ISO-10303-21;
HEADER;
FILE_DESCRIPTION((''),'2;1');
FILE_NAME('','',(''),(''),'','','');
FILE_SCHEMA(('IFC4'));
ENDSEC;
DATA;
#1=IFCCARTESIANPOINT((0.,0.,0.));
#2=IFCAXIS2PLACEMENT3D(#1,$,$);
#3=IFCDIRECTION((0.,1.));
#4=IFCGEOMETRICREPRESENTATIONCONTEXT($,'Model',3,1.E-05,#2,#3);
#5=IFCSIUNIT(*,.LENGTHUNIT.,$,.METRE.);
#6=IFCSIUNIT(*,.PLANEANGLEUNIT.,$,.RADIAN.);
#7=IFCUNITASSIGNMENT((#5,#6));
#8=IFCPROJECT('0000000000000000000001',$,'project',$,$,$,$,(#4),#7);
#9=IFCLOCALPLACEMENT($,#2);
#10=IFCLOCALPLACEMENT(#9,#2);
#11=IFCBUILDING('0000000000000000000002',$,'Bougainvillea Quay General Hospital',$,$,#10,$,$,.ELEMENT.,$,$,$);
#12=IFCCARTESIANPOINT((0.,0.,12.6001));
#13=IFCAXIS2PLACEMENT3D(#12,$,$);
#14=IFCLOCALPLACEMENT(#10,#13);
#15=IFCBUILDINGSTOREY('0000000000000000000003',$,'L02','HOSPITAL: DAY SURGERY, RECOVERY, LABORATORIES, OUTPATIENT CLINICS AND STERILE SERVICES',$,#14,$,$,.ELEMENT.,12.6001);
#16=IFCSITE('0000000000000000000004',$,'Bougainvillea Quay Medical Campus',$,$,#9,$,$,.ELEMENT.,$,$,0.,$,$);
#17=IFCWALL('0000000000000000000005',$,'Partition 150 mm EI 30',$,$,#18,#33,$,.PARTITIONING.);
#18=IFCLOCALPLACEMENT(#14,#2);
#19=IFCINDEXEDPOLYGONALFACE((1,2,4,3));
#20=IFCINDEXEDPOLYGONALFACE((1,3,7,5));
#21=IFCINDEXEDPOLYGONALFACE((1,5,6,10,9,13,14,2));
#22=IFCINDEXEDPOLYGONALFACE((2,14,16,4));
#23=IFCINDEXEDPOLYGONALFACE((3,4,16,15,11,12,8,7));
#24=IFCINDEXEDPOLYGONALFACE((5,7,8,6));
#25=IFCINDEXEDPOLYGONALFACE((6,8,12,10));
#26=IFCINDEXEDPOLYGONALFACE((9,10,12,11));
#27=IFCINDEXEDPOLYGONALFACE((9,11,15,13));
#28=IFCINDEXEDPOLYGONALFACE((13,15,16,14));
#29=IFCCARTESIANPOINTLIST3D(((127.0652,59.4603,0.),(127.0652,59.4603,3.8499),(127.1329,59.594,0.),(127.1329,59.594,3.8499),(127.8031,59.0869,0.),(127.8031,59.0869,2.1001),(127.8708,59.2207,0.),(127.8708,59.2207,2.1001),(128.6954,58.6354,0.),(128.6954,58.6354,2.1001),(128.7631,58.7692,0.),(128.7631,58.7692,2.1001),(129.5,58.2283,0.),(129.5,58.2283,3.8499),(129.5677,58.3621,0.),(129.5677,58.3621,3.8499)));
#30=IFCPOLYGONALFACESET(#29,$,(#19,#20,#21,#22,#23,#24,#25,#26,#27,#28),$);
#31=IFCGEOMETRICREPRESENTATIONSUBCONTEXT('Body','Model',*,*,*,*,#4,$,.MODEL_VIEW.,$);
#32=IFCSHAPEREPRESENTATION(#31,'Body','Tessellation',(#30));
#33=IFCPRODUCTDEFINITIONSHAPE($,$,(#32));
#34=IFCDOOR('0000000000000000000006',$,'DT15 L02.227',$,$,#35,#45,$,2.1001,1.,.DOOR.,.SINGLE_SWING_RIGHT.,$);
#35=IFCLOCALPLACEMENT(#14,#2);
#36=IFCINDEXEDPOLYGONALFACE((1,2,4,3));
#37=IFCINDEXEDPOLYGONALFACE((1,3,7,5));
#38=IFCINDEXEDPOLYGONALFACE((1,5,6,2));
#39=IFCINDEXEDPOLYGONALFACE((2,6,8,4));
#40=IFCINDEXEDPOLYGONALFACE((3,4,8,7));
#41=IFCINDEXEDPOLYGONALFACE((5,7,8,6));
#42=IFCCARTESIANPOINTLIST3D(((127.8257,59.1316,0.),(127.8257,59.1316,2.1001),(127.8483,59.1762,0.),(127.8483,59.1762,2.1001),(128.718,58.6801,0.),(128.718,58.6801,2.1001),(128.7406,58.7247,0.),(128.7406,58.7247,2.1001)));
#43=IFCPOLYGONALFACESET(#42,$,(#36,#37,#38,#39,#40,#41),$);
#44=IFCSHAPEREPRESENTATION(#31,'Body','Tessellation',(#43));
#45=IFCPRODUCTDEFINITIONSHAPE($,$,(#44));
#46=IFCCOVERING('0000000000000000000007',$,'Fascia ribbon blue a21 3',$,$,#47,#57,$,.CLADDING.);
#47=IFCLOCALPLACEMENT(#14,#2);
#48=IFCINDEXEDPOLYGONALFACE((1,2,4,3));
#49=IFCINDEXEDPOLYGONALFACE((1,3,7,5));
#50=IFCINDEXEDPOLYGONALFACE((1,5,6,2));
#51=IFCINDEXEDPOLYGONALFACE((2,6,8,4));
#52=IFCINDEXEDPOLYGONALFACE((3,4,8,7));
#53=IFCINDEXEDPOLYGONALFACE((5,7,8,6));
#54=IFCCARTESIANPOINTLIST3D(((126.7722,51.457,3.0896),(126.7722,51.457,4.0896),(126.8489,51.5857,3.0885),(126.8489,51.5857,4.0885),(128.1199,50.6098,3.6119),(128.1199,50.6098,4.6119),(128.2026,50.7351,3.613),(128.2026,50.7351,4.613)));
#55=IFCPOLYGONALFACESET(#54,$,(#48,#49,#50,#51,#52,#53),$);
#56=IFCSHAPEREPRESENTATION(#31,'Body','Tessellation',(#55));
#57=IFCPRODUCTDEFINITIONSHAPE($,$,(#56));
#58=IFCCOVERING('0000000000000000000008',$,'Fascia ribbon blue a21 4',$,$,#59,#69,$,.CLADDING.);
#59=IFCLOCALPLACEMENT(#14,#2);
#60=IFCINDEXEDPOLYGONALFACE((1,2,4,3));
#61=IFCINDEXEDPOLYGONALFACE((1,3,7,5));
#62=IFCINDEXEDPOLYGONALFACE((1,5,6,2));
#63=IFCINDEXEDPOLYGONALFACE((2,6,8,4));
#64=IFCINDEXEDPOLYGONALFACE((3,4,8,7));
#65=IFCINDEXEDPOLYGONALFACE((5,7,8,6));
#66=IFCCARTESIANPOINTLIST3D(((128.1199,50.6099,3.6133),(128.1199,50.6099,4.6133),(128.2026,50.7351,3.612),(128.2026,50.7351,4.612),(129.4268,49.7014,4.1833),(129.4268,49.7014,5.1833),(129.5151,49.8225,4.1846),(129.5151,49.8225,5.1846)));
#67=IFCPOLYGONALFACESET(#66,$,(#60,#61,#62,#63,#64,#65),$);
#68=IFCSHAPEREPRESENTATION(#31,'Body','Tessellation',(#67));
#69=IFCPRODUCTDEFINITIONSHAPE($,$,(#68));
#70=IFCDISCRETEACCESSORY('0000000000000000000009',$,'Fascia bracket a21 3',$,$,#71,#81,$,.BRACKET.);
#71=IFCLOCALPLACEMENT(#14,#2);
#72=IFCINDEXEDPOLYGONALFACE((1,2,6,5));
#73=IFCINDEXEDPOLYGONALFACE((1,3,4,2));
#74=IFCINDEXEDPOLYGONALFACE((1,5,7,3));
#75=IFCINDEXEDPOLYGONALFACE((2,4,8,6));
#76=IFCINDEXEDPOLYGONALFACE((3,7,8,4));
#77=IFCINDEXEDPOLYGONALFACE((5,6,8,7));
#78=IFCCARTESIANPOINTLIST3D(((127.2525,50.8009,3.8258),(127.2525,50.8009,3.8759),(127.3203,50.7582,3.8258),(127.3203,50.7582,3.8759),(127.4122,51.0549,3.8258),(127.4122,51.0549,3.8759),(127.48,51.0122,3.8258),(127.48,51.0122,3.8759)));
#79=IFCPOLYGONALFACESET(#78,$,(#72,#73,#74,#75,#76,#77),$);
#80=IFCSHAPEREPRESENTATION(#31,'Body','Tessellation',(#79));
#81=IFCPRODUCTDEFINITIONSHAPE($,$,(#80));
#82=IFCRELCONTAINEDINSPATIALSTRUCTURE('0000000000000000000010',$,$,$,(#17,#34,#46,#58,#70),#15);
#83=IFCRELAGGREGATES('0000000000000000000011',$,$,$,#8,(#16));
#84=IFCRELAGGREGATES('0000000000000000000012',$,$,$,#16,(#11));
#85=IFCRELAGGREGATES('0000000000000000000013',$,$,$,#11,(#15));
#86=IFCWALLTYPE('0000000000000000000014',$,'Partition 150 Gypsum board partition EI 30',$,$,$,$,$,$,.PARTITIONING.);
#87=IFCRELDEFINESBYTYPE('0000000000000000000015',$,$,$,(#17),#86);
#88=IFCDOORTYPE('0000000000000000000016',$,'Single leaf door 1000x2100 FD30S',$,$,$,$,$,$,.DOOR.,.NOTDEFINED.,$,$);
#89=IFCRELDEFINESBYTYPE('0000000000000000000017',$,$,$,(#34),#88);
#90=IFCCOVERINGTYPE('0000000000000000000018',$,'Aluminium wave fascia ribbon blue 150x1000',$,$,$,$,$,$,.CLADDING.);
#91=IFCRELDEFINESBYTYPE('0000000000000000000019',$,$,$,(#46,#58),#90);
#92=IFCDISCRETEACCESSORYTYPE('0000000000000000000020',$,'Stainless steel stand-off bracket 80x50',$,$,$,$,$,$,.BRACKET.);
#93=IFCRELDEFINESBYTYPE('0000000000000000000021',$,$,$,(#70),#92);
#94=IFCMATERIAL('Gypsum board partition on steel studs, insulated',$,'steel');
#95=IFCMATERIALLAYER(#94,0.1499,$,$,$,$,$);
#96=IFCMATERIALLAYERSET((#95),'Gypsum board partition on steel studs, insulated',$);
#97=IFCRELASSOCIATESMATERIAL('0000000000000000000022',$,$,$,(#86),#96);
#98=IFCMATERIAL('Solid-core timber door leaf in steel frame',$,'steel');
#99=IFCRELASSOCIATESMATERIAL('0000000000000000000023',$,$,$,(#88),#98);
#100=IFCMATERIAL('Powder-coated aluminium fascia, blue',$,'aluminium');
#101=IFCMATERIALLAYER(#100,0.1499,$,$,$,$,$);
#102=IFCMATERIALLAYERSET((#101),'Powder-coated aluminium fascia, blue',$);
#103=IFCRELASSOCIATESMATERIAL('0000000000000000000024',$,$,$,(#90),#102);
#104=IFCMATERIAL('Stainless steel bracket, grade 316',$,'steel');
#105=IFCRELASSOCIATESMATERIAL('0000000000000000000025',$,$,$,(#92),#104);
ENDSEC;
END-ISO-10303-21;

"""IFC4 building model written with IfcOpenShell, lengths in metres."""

from ifc_helpers import new_model, si_unit, direction, frame, frame_2d, origin, origin_2d, place, context, subcontext, project, spatial, polyline, rectangle, outline, extrude, material, layer, layer_set, material_profile, profile_set, type_object, element, fill, save


model = new_model("IFC4")

# Units and contexts
model_context = context("Model", 3, precision=1e-05, world=origin(), true_north=direction((0.0, 1.0)))
body_context = subcontext(model_context, "Body", "Model", "MODEL_VIEW")
ifc_project = project(units=[si_unit("LENGTHUNIT", "METRE"), si_unit("PLANEANGLEUNIT", "RADIAN")], contexts=[model_context])

# Site, building, storey
site_placement = place(None, origin())
site = spatial("IfcSite", under=ifc_project, at=site_placement, Name="Bougainvillea Quay Medical Campus", CompositionType="ELEMENT", RefElevation=0.0)
building_placement = place(site_placement, origin())
building = spatial("IfcBuilding", under=site, at=building_placement, Name="Bougainvillea Quay General Hospital", CompositionType="ELEMENT")
storey_placement = place(building_placement, frame((0.0, 0.0, 12.6001)))
storey = spatial("IfcBuildingStorey", under=building, at=storey_placement, Name="L02", Description="HOSPITAL: DAY SURGERY, RECOVERY, LABORATORIES, OUTPATIENT CLINICS AND STERILE SERVICES", CompositionType="ELEMENT", Elevation=12.6001)

# Wall, opening, door
ifc_material_1 = material(Name="Gypsum board partition on steel studs, insulated", Category="steel")
ifc_layer_1 = layer(ifc_material_1, 0.1499)
ifc_layer_set_1 = layer_set([ifc_layer_1], Name="Gypsum board partition on steel studs, insulated")
wall_type_1 = type_object("IfcWallType", Name="Partition 150 Gypsum board partition EI 30", PredefinedType="PARTITIONING", material=ifc_layer_set_1)
wall_1_placement = place(storey_placement, frame((127.0991, 59.5271, 0.0), z_axis=(0.0, 0.0, 1.0), x_axis=(0.892288, -0.451467, 0.0)))
wall_1 = element("IfcWall", 1, at=wall_1_placement, inside=storey, type_object=wall_type_1, Name="Partition 150 mm EI 30", PredefinedType="PARTITIONING", context=body_context, shape_type="SweptSolid", body=[
    extrude(rectangle(XDim=2.7288, YDim=0.1499, at=frame_2d((1.3643, 0.0))), origin(), (0.0, 0.0, 1.0), 3.8499),
])
opening_placement = place(wall_1_placement, frame((0.8269, 0.0, 0.0)))
opening = element("IfcOpeningElement", 2, at=opening_placement, cuts=wall_1, PredefinedType="OPENING", context=body_context, shape_type="SweptSolid", body=[
    extrude(rectangle(XDim=1.0, YDim=2.1001, at=frame_2d((0.5, 1.05))), frame((0.0, 0.085, 0.0), z_axis=(0.0, -1.0, 0.0), x_axis=(1.0, 0.0, 0.0)), (0.0, 0.0, 1.0), 0.1699),
])
ifc_material_2 = material(Name="Solid-core timber door leaf in steel frame", Category="steel")
door_type = type_object("IfcDoorType", Name="Single leaf door 1000x2100 FD30S", OperationType="NOTDEFINED", PredefinedType="DOOR", material=ifc_material_2)
door_placement = place(opening_placement, frame((1.0, 0.0, 0.0), z_axis=(0.0, 0.0, 1.0), x_axis=(-1.0, 0.0, 0.0)))
door = element("IfcDoor", 3, at=door_placement, inside=storey, type_object=door_type, Name="DT15 L02.227", OperationType="SINGLE_SWING_RIGHT", OverallHeight=2.1001, OverallWidth=1.0, PredefinedType="DOOR", context=body_context, shape_type="SweptSolid", body=[
    extrude(rectangle(XDim=1.0, YDim=2.1001, at=frame_2d((0.5, 1.05))), frame((0.0, 0.0249, 0.0), z_axis=(0.0, -1.0, 0.0), x_axis=(1.0, 0.0, 0.0)), (0.0, 0.0, 1.0), 0.05),
])
fill(opening, door)

# Coverings
ifc_material_3 = material(Name="Powder-coated aluminium fascia, blue", Category="aluminium")
ifc_layer_2 = layer(ifc_material_3, 0.1499)
ifc_layer_set_2 = layer_set([ifc_layer_2], Name="Powder-coated aluminium fascia, blue")
covering_type = type_object("IfcCoveringType", Name="Aluminium wave fascia ribbon blue 150x1000", PredefinedType="CLADDING", material=ifc_layer_set_2)
covering_1_placement = place(storey_placement, frame((126.7722, 51.457, 3.0896), z_axis=(-0.264028, 0.165779, 0.950161), x_axis=(0.804423, -0.505679, 0.311758)))
element("IfcCovering", 4, at=covering_1_placement, inside=storey, type_object=covering_type, Name="Fascia ribbon blue a21 3", PredefinedType="CLADDING", context=body_context, shape_type="SweptSolid", body=[
    extrude(outline(polyline([(0.0, 0.0), (1.6754, 0.0), (1.6789, 0.1501), (-0.0037, 0.1497), (0.0, 0.0)])), origin(), (0.311758, 0.000157, 0.950161), 1.0),
])
covering_2_placement = place(storey_placement, frame((128.1199, 50.6099, 3.6133), z_axis=(-0.27691, 0.192382, 0.94144), x_axis=(0.773025, -0.537348, 0.337179)))
element("IfcCovering", 5, at=covering_2_placement, inside=storey, type_object=covering_type, Name="Fascia ribbon blue a21 4", PredefinedType="CLADDING", context=body_context, shape_type="SweptSolid", body=[
    extrude(outline(polyline([(0.0, 0.0), (1.6906, 0.0), (1.6943, 0.1499), (-0.0037, 0.1501), (0.0, 0.0)])), origin(), (0.337179, 0.000081, 0.94144), 1.0),
])

# Discrete accessory
ifc_material_4 = material(Name="Stainless steel bracket, grade 316", Category="steel")
ifc_material_profile_1 = material_profile(ifc_material_4, rectangle(XDim=0.0801, YDim=0.05, at=origin_2d()))
ifc_profile_set_1 = profile_set([ifc_material_profile_1], Name="Stainless steel bracket, grade 316")
discrete_accessory_type = type_object("IfcDiscreteAccessoryType", Name="Stainless steel stand-off bracket 80x50", PredefinedType="BRACKET", material=ifc_profile_set_1)
discrete_accessory_placement = place(storey_placement, frame((127.2864, 50.7795, 3.8508), z_axis=(0.532338, 0.846532, 0.0), x_axis=(-0.846532, 0.532338, 0.0)))
element("IfcDiscreteAccessory", 6, at=discrete_accessory_placement, inside=storey, type_object=discrete_accessory_type, Name="Fascia bracket a21 3", PredefinedType="BRACKET", context=body_context, shape_type="SweptSolid", body=[
    extrude(rectangle(XDim=0.0801, YDim=0.05, at=origin_2d()), origin(), (0.0, 0.0, 1.0), 0.3),
])

save(model, "model.ifc")
